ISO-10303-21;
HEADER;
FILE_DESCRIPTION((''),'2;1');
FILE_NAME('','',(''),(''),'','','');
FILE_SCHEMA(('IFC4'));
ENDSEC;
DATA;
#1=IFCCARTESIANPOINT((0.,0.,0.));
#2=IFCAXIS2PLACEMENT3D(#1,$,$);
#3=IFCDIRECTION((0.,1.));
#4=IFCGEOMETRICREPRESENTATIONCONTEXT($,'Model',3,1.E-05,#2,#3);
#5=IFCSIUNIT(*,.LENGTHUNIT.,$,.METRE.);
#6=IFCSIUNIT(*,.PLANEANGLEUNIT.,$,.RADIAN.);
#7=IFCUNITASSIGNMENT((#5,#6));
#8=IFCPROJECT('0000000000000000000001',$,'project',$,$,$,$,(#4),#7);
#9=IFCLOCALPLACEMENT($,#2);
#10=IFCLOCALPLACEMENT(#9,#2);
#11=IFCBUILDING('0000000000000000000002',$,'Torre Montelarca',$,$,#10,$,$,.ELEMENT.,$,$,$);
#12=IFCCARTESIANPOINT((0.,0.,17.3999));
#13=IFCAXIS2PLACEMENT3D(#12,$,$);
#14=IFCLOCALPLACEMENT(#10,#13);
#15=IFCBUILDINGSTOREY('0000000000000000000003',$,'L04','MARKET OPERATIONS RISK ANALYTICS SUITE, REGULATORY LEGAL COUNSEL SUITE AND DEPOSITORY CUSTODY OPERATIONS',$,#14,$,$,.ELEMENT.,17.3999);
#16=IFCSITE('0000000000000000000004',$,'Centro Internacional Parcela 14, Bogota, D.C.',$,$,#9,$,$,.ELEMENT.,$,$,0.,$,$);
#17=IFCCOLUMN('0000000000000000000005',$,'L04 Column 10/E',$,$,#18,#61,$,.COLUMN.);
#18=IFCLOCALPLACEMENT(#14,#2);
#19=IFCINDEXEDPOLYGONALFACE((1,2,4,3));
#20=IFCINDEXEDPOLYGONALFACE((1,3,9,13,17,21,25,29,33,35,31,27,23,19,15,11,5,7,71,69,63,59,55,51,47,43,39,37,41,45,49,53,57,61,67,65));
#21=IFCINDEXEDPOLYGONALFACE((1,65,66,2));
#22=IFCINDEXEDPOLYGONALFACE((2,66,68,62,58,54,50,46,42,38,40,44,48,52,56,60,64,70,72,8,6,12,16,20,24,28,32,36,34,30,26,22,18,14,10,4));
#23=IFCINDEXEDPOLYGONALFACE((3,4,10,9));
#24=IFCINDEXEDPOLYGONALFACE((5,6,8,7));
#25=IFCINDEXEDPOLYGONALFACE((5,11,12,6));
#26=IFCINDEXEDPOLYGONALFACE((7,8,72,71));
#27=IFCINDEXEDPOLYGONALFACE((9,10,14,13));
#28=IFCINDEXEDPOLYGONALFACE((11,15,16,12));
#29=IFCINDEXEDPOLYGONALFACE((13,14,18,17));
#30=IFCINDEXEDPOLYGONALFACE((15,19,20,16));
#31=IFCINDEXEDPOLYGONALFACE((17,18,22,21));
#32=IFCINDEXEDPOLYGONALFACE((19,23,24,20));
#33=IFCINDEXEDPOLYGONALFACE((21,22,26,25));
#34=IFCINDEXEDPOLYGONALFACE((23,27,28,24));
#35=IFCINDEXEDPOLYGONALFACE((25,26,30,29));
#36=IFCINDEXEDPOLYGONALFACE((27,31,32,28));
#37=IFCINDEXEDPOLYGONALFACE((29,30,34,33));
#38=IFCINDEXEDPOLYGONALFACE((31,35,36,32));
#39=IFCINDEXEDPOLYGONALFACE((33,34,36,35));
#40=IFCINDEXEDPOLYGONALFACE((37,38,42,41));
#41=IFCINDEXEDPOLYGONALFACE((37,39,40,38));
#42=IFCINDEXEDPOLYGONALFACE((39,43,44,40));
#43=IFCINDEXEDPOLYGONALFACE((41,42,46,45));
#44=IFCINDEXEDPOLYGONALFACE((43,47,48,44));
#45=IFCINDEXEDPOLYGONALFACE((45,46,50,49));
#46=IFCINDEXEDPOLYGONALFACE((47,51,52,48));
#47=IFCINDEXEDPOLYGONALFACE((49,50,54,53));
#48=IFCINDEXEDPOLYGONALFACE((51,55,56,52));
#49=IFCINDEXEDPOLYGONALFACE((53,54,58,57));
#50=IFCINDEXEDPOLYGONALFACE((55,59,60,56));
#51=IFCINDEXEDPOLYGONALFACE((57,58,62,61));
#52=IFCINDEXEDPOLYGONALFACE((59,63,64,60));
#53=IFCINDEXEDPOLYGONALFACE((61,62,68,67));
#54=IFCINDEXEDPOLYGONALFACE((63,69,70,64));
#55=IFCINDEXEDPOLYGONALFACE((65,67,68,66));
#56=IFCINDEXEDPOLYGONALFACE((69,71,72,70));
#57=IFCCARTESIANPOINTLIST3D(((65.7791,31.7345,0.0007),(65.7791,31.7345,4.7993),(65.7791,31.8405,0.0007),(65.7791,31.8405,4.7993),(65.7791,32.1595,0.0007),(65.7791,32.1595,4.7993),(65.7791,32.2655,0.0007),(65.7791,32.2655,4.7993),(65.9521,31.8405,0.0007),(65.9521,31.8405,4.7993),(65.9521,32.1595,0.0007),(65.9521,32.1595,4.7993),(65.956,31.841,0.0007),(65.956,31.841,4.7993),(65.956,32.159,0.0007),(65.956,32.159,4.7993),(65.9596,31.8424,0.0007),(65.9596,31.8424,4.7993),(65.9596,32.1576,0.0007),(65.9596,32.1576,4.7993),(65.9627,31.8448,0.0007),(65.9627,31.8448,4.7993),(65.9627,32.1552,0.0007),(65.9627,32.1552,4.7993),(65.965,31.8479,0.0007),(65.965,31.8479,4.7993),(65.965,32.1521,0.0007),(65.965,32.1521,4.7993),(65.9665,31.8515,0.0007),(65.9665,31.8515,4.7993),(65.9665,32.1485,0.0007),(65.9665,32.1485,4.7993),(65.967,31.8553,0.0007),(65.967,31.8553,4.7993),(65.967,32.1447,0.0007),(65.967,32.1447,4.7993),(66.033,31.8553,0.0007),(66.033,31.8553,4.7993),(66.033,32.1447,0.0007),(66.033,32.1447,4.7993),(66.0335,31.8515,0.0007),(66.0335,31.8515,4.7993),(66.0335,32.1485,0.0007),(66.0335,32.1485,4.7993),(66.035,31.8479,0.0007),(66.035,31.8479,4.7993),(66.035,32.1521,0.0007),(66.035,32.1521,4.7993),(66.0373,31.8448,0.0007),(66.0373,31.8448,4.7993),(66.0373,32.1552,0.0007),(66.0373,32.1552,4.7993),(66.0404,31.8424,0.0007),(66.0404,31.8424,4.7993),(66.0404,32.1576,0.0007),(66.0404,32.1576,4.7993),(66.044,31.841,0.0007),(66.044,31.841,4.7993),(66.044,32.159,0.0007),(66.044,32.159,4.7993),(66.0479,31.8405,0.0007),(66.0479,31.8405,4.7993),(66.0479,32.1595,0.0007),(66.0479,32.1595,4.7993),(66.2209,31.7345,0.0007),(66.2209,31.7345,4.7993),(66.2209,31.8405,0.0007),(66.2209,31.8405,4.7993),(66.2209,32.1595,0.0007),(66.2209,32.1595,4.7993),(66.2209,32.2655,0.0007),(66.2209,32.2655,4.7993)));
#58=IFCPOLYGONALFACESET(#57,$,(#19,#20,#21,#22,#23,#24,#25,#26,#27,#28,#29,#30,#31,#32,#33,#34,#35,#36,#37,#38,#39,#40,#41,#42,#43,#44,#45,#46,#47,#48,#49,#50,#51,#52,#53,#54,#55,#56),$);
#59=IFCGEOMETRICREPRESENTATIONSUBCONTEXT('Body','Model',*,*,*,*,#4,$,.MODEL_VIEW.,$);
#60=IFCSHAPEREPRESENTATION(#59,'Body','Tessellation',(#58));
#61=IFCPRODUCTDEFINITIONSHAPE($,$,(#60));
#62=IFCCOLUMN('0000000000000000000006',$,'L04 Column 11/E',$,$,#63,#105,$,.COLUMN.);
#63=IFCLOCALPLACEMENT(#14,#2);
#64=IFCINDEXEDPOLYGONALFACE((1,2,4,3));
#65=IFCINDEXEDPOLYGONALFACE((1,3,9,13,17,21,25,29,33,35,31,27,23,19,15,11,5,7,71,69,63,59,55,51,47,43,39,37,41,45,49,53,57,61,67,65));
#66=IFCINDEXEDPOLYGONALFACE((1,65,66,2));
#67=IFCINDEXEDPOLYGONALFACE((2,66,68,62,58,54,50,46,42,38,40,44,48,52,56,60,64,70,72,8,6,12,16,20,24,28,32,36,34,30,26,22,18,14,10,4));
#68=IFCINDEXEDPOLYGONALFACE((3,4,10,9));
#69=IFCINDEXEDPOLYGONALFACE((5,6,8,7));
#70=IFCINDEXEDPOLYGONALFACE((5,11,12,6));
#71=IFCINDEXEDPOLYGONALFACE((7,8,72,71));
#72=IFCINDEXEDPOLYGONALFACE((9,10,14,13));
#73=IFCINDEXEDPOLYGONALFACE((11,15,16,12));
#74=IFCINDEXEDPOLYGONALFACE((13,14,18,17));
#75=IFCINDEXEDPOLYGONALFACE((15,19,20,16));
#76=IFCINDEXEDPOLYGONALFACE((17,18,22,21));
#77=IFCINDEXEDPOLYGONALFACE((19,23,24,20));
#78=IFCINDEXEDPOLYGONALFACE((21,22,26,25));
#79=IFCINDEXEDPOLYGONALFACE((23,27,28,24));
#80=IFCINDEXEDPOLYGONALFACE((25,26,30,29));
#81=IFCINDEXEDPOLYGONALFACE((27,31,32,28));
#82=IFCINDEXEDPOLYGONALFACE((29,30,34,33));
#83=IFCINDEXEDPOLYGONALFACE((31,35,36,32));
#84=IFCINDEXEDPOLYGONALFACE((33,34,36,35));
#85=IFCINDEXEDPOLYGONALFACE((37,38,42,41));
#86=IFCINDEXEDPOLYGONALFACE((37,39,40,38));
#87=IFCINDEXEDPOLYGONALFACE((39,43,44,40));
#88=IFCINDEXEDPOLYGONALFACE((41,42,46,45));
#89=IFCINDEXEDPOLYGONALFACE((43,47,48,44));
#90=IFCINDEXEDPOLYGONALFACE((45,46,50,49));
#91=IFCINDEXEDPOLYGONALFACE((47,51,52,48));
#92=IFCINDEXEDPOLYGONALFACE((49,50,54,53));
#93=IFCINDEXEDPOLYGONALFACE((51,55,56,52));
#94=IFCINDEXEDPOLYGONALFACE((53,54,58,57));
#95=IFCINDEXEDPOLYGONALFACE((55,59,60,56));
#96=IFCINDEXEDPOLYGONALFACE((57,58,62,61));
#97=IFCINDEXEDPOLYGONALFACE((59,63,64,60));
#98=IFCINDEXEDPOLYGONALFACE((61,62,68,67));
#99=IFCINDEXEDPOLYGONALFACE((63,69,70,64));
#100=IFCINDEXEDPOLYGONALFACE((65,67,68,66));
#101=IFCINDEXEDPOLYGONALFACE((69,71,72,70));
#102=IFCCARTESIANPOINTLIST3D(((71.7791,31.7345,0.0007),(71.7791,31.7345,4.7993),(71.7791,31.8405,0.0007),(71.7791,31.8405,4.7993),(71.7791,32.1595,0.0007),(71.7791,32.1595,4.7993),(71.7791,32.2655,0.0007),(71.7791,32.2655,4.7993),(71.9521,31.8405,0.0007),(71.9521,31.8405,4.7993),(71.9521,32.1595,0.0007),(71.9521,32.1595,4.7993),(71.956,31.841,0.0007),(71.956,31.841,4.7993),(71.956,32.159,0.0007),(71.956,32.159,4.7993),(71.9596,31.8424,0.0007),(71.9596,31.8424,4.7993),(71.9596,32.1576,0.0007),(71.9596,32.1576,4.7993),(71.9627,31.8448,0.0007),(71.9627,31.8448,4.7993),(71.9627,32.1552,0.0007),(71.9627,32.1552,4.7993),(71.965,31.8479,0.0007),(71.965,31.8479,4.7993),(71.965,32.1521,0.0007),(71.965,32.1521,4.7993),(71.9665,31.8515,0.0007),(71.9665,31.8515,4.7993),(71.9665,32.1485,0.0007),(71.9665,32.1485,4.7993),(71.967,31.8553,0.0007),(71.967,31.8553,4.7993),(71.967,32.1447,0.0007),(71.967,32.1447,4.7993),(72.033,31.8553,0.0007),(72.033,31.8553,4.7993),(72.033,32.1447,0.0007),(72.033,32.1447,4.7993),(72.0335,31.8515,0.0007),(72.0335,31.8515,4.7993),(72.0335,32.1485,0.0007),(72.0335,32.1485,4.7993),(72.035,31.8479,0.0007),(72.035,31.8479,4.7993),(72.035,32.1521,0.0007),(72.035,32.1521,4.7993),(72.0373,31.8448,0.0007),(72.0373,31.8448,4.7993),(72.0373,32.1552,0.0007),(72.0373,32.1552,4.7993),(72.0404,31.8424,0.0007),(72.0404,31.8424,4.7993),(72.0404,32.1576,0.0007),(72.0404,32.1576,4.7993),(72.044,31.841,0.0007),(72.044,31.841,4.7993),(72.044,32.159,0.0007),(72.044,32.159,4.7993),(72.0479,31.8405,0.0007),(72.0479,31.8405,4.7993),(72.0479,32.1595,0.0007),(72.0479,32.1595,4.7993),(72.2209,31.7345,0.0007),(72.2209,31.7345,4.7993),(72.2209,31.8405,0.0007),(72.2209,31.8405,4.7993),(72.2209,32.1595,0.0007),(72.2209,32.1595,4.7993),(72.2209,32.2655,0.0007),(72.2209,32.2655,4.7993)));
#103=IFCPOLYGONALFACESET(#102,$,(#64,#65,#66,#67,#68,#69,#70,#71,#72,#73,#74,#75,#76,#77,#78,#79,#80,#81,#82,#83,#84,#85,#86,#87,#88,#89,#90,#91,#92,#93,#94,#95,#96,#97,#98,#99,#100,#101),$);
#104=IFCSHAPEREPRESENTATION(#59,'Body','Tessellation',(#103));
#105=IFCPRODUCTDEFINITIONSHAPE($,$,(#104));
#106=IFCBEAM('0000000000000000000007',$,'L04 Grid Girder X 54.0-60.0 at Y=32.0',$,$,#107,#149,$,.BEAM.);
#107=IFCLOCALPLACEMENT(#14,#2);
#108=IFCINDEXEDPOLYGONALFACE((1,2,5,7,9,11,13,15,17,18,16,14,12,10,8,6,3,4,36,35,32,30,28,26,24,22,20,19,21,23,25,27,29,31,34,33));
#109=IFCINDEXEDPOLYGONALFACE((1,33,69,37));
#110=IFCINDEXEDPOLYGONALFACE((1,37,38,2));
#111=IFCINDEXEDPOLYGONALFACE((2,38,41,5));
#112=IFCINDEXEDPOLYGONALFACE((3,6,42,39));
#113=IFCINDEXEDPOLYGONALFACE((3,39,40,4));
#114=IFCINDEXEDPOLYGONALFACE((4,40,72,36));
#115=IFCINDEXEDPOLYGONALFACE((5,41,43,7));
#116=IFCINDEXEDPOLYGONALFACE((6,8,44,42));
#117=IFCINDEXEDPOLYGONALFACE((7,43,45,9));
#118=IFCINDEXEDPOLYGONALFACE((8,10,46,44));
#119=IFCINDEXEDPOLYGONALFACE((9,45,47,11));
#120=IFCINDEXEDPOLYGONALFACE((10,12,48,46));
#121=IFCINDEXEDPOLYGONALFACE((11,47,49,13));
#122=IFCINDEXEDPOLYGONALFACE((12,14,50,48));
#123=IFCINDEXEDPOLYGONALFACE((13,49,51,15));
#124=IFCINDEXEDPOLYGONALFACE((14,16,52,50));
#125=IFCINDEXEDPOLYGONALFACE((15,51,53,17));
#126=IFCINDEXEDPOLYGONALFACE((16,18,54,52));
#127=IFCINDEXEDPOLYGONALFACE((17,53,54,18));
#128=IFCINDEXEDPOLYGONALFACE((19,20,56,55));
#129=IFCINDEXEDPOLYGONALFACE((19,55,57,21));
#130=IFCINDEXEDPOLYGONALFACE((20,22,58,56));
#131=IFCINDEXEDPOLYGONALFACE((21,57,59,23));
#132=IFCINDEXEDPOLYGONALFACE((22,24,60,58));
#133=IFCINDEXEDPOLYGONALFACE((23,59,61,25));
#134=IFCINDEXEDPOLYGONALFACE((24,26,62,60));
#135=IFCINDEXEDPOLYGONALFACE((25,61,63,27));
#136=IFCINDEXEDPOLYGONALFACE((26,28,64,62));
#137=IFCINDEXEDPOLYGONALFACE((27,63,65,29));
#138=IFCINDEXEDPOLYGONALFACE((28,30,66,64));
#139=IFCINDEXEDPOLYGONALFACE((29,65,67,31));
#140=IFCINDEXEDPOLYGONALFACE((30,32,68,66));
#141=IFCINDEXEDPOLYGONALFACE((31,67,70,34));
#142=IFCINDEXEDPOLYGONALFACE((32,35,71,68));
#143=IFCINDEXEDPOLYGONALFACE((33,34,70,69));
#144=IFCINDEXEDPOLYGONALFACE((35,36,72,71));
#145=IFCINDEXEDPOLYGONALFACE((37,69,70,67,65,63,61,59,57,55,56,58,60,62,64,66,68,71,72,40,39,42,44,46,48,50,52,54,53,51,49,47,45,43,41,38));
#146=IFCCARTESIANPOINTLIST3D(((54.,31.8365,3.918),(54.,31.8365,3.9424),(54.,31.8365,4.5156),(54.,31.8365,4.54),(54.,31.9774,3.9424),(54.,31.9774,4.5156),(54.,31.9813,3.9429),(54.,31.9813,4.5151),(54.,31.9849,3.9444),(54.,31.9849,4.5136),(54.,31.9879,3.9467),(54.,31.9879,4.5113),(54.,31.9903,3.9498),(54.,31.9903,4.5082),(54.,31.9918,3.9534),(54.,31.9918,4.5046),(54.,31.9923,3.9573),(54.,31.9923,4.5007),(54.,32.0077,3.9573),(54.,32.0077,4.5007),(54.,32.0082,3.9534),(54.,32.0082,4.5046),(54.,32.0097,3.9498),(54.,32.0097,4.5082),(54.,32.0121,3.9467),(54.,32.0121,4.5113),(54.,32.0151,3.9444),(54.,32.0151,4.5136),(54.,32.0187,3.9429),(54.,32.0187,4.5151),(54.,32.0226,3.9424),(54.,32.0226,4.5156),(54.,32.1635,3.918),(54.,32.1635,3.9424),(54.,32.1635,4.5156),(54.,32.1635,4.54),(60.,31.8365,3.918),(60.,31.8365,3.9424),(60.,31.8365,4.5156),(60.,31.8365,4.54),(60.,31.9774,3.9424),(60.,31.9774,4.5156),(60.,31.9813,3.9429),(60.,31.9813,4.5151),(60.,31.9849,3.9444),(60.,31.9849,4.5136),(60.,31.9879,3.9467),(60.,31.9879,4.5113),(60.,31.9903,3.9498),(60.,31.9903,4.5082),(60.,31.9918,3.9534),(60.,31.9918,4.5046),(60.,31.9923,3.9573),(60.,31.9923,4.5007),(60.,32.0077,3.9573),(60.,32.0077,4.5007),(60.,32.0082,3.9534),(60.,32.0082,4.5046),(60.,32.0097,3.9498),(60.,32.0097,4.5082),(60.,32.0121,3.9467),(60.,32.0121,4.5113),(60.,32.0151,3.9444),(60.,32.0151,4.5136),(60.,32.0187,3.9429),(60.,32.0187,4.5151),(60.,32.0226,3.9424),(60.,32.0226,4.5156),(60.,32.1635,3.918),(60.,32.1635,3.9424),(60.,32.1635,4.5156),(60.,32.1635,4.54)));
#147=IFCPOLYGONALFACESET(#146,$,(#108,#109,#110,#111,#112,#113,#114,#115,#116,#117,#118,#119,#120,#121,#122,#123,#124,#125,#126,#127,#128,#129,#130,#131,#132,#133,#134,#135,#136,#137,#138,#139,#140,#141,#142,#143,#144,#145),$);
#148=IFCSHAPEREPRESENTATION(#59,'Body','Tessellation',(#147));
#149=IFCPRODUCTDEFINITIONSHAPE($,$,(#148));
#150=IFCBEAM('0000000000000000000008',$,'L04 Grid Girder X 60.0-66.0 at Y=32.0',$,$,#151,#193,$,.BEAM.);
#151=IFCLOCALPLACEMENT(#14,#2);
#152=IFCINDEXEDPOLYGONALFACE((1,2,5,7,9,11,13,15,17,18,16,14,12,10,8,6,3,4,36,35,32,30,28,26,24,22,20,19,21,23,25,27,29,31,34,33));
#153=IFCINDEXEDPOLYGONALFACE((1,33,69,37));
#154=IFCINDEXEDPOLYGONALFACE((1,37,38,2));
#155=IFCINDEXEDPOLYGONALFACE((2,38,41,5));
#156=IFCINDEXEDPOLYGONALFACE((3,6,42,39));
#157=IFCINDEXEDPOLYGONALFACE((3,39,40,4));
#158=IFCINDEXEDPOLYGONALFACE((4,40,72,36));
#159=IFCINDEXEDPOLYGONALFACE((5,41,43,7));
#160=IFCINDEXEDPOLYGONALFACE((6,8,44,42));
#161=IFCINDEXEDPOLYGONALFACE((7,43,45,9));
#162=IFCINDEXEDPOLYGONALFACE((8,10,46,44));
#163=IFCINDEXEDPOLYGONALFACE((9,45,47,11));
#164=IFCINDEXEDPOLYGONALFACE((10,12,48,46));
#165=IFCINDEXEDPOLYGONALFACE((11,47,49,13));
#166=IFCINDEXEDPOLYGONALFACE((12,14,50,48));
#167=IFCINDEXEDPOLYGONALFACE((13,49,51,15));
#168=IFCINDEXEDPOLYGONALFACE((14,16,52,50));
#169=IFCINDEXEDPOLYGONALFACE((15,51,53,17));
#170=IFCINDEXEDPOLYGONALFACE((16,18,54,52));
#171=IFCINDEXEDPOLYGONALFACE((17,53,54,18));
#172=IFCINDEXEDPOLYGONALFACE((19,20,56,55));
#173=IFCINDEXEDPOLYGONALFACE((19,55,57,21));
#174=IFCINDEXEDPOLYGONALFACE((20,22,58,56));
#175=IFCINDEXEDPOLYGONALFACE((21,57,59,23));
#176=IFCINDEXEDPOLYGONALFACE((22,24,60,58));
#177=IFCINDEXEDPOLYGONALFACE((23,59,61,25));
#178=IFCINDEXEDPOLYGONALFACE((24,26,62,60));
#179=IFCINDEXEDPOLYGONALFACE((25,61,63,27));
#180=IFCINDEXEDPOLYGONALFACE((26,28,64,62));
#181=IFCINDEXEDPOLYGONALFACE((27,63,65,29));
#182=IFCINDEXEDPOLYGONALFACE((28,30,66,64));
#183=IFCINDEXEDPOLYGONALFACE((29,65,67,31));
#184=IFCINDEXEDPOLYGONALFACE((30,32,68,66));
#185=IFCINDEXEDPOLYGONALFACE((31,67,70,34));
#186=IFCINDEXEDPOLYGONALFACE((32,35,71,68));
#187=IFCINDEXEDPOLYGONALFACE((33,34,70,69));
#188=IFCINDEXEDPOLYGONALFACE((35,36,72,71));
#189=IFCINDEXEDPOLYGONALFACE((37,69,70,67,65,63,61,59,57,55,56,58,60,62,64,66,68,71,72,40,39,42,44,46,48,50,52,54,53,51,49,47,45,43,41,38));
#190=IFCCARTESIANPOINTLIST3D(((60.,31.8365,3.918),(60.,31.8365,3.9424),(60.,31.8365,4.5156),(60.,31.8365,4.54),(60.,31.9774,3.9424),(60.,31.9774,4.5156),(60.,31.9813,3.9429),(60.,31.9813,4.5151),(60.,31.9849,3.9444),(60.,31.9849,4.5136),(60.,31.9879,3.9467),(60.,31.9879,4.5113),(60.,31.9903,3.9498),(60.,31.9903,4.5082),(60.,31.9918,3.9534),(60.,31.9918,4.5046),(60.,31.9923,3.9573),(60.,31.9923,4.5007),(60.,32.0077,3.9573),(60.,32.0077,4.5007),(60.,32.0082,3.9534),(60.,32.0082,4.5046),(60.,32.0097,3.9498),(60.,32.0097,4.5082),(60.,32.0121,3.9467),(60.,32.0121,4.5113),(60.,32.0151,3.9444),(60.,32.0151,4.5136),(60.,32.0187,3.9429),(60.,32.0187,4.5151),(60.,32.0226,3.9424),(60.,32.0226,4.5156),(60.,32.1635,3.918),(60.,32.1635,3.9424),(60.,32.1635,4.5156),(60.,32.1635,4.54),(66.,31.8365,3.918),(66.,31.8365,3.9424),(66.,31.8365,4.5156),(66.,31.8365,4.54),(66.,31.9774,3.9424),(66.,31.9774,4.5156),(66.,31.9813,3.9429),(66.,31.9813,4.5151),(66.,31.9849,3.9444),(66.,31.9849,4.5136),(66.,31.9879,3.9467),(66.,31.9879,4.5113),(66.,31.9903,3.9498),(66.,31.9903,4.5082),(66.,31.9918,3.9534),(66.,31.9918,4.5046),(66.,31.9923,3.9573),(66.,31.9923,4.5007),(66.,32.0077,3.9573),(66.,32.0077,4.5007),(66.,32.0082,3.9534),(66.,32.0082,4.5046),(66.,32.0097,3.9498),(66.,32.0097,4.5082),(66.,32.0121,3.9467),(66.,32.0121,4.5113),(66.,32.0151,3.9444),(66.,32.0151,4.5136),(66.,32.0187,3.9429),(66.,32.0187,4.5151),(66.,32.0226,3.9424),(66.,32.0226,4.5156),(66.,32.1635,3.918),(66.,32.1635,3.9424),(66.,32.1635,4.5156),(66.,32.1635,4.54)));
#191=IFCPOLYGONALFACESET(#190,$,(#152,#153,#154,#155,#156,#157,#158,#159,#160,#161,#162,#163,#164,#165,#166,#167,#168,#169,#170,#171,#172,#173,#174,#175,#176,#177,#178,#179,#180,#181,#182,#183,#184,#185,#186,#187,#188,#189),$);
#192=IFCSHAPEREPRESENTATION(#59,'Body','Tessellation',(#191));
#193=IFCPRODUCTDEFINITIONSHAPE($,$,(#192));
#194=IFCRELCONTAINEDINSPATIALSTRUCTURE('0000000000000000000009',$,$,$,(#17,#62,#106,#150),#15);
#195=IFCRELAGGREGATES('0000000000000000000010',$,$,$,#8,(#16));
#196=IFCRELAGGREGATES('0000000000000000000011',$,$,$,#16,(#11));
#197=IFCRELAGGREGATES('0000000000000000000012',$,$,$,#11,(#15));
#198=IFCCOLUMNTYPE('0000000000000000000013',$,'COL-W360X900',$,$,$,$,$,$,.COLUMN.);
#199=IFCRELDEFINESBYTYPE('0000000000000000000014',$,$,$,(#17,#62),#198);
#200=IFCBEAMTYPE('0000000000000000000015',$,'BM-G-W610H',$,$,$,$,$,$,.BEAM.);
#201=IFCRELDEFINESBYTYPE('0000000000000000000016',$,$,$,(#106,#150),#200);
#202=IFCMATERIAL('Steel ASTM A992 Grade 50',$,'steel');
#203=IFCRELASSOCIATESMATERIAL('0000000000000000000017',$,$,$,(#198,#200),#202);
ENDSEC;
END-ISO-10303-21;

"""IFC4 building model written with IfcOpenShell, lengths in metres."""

from ifc_helpers import new_model, si_unit, direction, frame, origin, origin_2d, place, context, subcontext, project, spatial, i_section, extrude, source, transform, mapped, material, material_profile, profile_set, type_object, element, save


model = new_model("IFC4")

# Units and contexts
model_context = context("Model", 3, precision=1e-05, world=origin(), true_north=direction((0.0, 1.0)))
body_context = subcontext(model_context, "Body", "Model", "MODEL_VIEW")
ifc_project = project(units=[si_unit("LENGTHUNIT", "METRE"), si_unit("PLANEANGLEUNIT", "RADIAN")], contexts=[model_context])

# Site, building, storey
site_placement = place(None, origin())
site = spatial("IfcSite", under=ifc_project, at=site_placement, Name="Centro Internacional Parcela 14, Bogota, D.C.", CompositionType="ELEMENT", RefElevation=0.0)
building_placement = place(site_placement, origin())
building = spatial("IfcBuilding", under=site, at=building_placement, Name="Torre Montelarca", CompositionType="ELEMENT")
storey_placement = place(building_placement, frame((0.0, 0.0, 17.3999)))
storey = spatial("IfcBuildingStorey", under=building, at=storey_placement, Name="L04", Description="MARKET OPERATIONS RISK ANALYTICS SUITE, REGULATORY LEGAL COUNSEL SUITE AND DEPOSITORY CUSTODY OPERATIONS", CompositionType="ELEMENT", Elevation=17.3999)

# Columns
ifc_material_1 = material(Name="Steel ASTM A992 Grade 50", Category="steel")
ifc_material_profile_1 = material_profile(ifc_material_1, i_section(OverallWidth=0.4419, OverallDepth=0.531, WebThickness=0.0659, FlangeThickness=0.106, FilletRadius=0.0149, at=origin_2d()), Name="W360X900", Category="steel")
ifc_profile_set_1 = profile_set([ifc_material_profile_1], Name="Steel ASTM A992 Grade 50")
column_type_1 = type_object("IfcColumnType", Name="COL-W360X900", PredefinedType="COLUMN", material=ifc_profile_set_1)
shared_shape_1 = source(origin(), body_context, "Body", "SweptSolid", [
    extrude(i_section(OverallWidth=0.4419, OverallDepth=0.531, WebThickness=0.0659, FlangeThickness=0.106, FilletRadius=0.0149, at=origin_2d()), origin(), (0.0, 0.0, 1.0), 4.7986),
])
for number, where, z_axis, x_axis, name in (
    (1, (66.0, 32.0, 0.0007), (0.0, 0.0, 1.0), (1.0, 0.0, 0.0), "L04 Column 10/E"),
    (2, (72.0, 32.0, 0.0007), (0.0, 0.0, 1.0), (1.0, 0.0, 0.0), "L04 Column 11/E"),
):
    element("IfcColumn", number, at=place(storey_placement, frame(where, z_axis=z_axis, x_axis=x_axis)), inside=storey, type_object=column_type_1, Name=name, PredefinedType="COLUMN", context=body_context, shape_type="MappedRepresentation", body=[
        mapped(shared_shape_1, transform((0.0, 0.0, 0.0), scale=1.0)),
    ])

# Beams
ifc_material_profile_2 = material_profile(ifc_material_1, i_section(OverallWidth=0.3269, OverallDepth=0.6221, WebThickness=0.0154, FlangeThickness=0.0244, FilletRadius=0.0149, at=origin_2d()), Name="W610X195", Category="steel")
ifc_profile_set_2 = profile_set([ifc_material_profile_2], Name="Steel ASTM A992 Grade 50")
beam_type_1 = type_object("IfcBeamType", Name="BM-G-W610H", PredefinedType="BEAM", material=ifc_profile_set_2)
shared_shape_2 = source(origin(), body_context, "Body", "SweptSolid", [
    extrude(i_section(OverallWidth=0.3269, OverallDepth=0.6221, WebThickness=0.0154, FlangeThickness=0.0244, FilletRadius=0.0149, at=origin_2d()), origin(), (0.0, 0.0, 1.0), 6.0),
])
for number, where, z_axis, x_axis, name in (
    (3, (54.0, 32.0, 4.229), (1.0, 0.0, 0.0), (0.0, 1.0, 0.0), "L04 Grid Girder X 54.0-60.0 at Y=32.0"),
    (4, (60.0, 32.0, 4.229), (1.0, 0.0, 0.0), (0.0, 1.0, 0.0), "L04 Grid Girder X 60.0-66.0 at Y=32.0"),
):
    element("IfcBeam", number, at=place(storey_placement, frame(where, z_axis=z_axis, x_axis=x_axis)), inside=storey, type_object=beam_type_1, Name=name, PredefinedType="BEAM", context=body_context, shape_type="MappedRepresentation", body=[
        mapped(shared_shape_2, transform((0.0, 0.0, 0.0), scale=1.0)),
    ])

save(model, "model.ifc")
